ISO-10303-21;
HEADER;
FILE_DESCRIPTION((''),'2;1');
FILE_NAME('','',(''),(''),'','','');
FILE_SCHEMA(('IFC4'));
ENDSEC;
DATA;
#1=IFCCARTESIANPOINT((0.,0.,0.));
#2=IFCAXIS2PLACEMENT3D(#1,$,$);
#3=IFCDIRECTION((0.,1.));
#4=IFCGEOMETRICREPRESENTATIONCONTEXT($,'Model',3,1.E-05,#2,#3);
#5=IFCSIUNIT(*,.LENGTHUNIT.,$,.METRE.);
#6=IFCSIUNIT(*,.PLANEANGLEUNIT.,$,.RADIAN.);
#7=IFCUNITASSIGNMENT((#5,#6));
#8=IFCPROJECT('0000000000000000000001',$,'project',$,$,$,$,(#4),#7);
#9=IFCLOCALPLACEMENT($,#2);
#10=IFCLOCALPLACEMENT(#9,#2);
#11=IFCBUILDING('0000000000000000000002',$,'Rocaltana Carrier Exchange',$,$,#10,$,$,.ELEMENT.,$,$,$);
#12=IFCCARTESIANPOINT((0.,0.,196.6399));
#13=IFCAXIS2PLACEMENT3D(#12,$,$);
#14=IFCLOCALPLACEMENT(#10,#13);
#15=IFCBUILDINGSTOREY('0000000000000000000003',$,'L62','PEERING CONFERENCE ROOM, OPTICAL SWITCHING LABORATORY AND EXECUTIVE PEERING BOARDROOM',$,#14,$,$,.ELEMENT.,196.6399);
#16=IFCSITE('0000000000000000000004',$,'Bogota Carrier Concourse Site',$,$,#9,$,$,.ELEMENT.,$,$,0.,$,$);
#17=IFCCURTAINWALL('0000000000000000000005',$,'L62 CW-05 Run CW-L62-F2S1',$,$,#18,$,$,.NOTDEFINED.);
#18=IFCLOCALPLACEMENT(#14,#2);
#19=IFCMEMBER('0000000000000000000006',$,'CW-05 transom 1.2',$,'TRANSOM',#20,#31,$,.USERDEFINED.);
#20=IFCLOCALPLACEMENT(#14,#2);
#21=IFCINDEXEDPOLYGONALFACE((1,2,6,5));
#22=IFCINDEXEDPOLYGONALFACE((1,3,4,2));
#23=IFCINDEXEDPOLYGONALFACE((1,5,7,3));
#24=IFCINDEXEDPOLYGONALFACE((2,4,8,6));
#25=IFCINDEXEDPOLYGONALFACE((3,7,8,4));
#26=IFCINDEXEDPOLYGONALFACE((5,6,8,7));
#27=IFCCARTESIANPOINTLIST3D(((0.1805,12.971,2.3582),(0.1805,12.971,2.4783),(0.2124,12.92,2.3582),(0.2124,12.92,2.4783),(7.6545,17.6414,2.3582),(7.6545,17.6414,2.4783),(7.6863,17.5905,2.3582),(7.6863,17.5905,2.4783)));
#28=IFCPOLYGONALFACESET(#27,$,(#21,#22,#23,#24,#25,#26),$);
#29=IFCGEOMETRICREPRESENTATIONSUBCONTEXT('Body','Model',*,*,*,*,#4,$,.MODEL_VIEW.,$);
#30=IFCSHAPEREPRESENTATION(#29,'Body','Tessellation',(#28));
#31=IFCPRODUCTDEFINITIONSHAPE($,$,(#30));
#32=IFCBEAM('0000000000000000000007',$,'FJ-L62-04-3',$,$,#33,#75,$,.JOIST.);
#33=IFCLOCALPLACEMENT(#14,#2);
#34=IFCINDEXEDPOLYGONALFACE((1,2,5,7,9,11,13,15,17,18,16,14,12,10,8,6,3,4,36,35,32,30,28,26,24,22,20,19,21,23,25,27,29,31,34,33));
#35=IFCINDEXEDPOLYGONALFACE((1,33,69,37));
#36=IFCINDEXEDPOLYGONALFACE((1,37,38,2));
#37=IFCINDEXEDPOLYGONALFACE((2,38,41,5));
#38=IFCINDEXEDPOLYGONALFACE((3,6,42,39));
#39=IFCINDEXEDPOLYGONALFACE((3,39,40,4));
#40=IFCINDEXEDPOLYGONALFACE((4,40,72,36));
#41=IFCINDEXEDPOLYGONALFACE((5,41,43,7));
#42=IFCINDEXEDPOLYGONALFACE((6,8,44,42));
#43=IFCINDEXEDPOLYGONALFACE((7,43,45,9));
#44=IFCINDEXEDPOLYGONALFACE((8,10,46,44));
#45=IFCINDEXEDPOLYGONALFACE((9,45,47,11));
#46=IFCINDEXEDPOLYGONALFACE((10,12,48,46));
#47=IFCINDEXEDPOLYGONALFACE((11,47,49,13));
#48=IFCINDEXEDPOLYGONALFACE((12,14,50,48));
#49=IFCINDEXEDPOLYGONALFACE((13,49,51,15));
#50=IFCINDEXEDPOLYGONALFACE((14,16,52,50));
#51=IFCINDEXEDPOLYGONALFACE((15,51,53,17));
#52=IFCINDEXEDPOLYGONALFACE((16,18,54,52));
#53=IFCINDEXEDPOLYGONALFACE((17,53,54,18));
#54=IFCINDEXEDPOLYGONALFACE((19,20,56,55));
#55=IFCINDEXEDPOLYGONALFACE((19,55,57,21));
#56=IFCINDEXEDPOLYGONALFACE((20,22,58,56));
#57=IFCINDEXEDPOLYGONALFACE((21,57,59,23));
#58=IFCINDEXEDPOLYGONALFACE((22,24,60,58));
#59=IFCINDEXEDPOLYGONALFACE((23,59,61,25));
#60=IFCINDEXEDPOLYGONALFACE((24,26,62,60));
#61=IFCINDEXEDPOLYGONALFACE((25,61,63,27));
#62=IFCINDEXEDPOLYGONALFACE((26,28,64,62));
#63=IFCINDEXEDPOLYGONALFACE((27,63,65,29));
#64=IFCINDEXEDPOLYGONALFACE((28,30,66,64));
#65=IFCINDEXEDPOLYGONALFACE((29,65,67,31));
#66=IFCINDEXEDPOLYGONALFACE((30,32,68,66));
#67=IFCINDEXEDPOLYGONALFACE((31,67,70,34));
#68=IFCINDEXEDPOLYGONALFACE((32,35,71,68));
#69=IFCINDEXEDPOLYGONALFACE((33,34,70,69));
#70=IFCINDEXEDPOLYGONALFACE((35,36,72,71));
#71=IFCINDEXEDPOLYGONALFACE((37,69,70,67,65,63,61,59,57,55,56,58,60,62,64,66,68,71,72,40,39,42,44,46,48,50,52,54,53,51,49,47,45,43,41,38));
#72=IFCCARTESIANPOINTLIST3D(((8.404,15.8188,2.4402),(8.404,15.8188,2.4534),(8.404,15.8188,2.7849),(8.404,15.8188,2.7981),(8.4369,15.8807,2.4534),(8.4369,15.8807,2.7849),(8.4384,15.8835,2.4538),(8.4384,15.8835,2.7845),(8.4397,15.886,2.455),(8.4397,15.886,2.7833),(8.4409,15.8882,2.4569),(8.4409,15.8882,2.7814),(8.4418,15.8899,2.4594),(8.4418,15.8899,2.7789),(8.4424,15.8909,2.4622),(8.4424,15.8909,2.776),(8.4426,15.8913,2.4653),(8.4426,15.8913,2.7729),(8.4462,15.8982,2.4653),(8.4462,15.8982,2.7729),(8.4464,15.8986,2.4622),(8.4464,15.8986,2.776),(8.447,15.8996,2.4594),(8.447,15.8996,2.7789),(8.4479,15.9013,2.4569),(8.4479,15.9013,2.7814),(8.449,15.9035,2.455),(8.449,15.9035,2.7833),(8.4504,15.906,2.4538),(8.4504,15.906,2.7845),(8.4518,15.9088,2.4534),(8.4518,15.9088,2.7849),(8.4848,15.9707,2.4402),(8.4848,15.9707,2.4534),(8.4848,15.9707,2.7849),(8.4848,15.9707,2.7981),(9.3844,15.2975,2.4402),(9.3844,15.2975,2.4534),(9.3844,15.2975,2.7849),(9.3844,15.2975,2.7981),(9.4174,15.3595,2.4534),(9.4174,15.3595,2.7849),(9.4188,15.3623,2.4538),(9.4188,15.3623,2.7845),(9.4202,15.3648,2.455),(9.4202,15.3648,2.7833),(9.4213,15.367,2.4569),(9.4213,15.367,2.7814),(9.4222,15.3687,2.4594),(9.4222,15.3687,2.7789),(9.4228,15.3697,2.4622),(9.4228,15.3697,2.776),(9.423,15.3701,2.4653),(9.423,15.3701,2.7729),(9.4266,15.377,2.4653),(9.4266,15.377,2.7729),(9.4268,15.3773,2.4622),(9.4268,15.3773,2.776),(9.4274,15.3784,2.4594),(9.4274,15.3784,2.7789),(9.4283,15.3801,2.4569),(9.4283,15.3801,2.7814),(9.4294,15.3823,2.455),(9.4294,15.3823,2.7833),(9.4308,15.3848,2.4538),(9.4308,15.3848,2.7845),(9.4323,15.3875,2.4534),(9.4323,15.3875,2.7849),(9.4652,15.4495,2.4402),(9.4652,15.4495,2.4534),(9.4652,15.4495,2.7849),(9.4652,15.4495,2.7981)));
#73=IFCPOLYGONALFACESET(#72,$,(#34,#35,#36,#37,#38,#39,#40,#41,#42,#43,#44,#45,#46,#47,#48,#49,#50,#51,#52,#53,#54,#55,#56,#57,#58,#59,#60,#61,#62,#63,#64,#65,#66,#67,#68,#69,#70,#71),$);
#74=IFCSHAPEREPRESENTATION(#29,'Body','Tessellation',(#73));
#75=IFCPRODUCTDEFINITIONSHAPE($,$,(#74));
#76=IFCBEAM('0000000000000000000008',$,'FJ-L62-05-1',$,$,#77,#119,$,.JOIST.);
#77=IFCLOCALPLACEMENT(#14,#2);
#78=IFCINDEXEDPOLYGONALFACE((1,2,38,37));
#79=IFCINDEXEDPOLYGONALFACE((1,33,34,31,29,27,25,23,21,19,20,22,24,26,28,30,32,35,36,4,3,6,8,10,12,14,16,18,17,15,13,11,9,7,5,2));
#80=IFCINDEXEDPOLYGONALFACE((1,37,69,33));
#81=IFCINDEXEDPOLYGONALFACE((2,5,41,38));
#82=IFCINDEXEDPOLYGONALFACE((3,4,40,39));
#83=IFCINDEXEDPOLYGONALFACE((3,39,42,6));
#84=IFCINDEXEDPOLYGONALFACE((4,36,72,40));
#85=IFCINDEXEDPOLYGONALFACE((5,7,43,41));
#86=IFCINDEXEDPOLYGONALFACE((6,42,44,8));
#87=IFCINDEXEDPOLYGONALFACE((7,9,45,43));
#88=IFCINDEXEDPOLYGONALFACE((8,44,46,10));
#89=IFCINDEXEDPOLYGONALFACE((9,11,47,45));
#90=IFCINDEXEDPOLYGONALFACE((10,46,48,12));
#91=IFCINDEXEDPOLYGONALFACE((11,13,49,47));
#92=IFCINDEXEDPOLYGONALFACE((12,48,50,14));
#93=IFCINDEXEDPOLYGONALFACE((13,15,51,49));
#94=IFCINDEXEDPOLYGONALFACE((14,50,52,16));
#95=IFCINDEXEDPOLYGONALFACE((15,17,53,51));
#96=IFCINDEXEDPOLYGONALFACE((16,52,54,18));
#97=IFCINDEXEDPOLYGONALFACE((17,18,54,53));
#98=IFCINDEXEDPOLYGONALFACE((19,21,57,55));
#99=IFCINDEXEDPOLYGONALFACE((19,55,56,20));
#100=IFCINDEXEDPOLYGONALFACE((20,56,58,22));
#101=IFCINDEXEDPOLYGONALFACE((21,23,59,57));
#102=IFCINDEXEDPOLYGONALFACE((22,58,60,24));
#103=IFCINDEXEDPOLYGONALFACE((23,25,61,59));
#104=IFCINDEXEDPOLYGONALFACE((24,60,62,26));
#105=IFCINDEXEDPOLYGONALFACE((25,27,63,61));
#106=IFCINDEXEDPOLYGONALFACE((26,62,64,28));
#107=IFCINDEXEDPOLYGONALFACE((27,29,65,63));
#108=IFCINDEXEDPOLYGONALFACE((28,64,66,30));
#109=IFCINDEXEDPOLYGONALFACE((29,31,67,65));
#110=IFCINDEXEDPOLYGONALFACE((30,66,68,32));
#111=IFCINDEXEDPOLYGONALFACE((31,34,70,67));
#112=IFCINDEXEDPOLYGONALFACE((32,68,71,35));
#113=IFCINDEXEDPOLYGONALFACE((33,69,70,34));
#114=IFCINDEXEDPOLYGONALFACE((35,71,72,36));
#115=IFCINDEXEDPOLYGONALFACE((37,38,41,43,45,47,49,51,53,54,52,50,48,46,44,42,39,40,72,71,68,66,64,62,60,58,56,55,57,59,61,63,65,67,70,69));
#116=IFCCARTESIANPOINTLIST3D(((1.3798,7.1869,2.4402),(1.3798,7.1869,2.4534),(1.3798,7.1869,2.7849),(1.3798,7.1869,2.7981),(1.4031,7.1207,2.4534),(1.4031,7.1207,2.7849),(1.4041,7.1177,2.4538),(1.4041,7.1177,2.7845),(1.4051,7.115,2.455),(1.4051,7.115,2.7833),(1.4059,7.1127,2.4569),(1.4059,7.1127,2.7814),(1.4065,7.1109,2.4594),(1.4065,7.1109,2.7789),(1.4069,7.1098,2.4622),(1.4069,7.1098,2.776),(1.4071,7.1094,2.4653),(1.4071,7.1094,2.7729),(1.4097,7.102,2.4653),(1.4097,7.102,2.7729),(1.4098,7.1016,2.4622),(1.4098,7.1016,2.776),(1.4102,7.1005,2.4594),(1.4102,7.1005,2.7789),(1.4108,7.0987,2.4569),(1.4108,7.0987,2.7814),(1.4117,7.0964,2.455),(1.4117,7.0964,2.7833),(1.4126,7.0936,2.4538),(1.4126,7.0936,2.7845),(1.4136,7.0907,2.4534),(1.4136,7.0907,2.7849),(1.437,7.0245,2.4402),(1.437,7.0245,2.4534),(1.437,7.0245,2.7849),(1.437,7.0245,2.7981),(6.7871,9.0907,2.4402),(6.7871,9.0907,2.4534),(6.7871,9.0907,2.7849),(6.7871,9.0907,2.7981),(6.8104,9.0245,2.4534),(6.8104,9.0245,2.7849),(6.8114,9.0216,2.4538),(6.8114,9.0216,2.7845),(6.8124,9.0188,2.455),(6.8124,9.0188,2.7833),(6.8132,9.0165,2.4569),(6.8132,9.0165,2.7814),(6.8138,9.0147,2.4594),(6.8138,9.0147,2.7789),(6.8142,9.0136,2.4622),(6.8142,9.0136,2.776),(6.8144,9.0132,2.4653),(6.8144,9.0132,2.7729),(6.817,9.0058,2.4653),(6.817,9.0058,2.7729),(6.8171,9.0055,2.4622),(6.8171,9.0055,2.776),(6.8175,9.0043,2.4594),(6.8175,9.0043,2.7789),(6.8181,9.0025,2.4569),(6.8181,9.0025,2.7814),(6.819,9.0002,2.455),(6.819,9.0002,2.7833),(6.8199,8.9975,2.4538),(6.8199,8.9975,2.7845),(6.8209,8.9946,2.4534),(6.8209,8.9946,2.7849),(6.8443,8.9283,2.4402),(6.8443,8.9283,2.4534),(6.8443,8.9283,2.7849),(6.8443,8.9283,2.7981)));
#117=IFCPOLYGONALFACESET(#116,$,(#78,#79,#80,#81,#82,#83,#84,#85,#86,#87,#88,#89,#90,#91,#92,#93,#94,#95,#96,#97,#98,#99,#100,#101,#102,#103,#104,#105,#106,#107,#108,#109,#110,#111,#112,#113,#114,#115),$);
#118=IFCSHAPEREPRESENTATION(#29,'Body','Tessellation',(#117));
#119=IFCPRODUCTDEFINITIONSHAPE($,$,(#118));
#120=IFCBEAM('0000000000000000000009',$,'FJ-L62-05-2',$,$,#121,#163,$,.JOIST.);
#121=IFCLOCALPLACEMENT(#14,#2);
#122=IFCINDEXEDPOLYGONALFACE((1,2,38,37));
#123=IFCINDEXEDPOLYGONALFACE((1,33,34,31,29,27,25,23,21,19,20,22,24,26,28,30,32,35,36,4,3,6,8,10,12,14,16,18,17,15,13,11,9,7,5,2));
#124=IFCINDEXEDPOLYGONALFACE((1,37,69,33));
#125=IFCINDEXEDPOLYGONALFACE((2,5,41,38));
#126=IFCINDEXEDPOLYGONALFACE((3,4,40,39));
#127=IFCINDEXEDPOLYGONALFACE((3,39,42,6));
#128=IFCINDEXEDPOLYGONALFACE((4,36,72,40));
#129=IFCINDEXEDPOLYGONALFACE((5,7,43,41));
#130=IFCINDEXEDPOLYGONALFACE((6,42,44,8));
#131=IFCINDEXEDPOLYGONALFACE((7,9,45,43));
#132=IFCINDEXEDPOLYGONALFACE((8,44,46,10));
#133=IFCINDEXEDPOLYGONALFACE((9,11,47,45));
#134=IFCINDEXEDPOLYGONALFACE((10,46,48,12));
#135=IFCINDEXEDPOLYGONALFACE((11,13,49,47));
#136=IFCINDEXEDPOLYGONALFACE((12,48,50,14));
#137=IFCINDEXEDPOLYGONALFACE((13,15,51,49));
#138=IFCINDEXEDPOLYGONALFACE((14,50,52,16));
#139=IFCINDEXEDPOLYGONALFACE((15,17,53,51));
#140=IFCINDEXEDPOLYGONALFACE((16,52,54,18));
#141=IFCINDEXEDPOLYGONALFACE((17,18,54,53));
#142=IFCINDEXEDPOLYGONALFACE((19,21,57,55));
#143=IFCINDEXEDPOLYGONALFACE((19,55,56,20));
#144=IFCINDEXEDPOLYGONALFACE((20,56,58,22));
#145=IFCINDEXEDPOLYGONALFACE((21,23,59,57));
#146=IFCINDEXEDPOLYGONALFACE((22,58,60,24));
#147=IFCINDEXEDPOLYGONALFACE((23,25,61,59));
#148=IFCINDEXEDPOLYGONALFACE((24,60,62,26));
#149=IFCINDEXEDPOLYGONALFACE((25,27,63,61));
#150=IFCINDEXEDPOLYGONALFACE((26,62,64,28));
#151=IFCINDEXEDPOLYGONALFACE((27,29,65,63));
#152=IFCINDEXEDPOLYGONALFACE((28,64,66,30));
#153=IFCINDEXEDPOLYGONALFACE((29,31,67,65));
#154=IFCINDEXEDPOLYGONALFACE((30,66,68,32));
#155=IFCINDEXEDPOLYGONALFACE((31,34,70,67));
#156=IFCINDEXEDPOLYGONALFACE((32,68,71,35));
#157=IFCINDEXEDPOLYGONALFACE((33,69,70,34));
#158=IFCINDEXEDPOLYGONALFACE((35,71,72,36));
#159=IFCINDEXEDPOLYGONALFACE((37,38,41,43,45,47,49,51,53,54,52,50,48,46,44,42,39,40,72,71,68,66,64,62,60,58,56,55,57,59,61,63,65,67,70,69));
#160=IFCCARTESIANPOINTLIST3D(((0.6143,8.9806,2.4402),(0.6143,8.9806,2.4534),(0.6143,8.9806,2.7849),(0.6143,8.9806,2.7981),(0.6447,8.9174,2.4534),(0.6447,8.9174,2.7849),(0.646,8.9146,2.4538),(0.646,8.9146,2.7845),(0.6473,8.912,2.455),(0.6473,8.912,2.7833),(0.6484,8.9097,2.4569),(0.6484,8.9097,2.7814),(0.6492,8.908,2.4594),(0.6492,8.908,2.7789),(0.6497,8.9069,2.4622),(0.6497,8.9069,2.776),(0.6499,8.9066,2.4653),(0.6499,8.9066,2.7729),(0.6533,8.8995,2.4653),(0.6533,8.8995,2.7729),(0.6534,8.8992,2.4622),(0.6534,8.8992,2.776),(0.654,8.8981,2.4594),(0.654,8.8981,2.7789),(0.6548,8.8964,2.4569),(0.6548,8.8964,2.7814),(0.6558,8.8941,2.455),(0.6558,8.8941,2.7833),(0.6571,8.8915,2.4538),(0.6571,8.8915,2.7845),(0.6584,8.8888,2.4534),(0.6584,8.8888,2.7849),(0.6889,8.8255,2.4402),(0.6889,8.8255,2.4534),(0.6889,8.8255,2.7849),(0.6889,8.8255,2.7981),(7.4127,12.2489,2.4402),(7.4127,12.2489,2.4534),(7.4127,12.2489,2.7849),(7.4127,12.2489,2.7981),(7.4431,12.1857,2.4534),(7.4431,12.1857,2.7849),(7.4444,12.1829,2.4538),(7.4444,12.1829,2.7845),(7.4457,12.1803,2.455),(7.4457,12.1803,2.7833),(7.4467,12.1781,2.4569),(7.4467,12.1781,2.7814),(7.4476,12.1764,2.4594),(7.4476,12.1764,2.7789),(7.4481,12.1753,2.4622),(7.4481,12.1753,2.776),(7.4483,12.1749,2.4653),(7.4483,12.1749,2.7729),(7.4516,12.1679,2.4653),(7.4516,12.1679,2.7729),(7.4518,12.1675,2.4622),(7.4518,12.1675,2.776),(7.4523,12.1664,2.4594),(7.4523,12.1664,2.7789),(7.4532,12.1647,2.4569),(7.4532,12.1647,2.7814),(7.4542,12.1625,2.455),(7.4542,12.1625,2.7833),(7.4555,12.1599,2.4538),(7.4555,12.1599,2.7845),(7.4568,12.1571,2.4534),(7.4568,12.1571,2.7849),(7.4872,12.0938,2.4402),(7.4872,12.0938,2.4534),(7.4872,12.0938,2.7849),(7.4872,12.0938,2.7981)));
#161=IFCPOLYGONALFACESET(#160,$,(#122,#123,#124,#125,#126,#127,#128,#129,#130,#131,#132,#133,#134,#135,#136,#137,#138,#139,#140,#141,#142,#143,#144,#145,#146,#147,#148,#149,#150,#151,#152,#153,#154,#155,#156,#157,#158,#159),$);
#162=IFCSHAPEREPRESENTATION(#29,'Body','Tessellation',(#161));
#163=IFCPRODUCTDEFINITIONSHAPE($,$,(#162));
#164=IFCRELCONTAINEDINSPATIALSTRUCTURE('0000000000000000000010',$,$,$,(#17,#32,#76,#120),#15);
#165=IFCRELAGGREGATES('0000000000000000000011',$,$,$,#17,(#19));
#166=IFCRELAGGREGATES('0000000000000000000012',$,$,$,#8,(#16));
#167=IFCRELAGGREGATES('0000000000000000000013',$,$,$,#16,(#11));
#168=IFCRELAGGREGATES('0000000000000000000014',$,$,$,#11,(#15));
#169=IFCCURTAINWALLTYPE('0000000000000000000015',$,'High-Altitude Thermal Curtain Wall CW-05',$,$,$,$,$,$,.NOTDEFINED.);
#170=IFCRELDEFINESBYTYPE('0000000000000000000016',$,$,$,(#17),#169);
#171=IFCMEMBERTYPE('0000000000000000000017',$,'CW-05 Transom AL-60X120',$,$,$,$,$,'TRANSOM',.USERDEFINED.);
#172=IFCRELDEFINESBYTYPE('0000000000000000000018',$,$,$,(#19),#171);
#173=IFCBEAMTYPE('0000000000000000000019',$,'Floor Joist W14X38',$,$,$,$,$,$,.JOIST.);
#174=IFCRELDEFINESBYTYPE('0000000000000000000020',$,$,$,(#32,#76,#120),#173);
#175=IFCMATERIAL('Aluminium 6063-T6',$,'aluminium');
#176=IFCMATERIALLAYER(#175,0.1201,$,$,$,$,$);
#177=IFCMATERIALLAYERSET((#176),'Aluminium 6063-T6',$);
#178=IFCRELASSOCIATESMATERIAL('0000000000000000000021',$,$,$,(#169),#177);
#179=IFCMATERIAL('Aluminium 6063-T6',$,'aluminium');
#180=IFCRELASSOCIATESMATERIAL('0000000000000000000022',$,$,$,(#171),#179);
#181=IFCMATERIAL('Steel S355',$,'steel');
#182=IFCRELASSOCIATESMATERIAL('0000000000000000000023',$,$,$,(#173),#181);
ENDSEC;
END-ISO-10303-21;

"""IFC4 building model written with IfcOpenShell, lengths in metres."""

from ifc_helpers import new_model, si_unit, direction, frame, origin, origin_2d, place, context, subcontext, project, spatial, rectangle, i_section, extrude, material, layer, layer_set, material_profile, profile_set, type_object, element, aggregate, save


model = new_model("IFC4")

# Units and contexts
model_context = context("Model", 3, precision=1e-05, world=origin(), true_north=direction((0.0, 1.0)))
body_context = subcontext(model_context, "Body", "Model", "MODEL_VIEW")
ifc_project = project(units=[si_unit("LENGTHUNIT", "METRE"), si_unit("PLANEANGLEUNIT", "RADIAN")], contexts=[model_context])

# Site, building, storey
site_placement = place(None, origin())
site = spatial("IfcSite", under=ifc_project, at=site_placement, Name="Bogota Carrier Concourse Site", CompositionType="ELEMENT", RefElevation=0.0)
building_placement = place(site_placement, origin())
building = spatial("IfcBuilding", under=site, at=building_placement, Name="Rocaltana Carrier Exchange", CompositionType="ELEMENT")
storey_placement = place(building_placement, frame((0.0, 0.0, 196.6399)))
storey = spatial("IfcBuildingStorey", under=building, at=storey_placement, Name="L62", Description="PEERING CONFERENCE ROOM, OPTICAL SWITCHING LABORATORY AND EXECUTIVE PEERING BOARDROOM", CompositionType="ELEMENT", Elevation=196.6399)

# Curtain wall
ifc_material_1 = material(Name="Aluminium 6063-T6", Category="aluminium")
ifc_layer_1 = layer(ifc_material_1, 0.1201)
ifc_layer_set_1 = layer_set([ifc_layer_1], Name="Aluminium 6063-T6")
curtain_wall_type = type_object("IfcCurtainWallType", Name="High-Altitude Thermal Curtain Wall CW-05", PredefinedType="NOTDEFINED", material=ifc_layer_set_1)
curtain_wall_1_placement = place(storey_placement, origin())
curtain_wall_1 = element("IfcCurtainWall", 1, at=curtain_wall_1_placement, inside=storey, type_object=curtain_wall_type, Name="L62 CW-05 Run CW-L62-F2S1", PredefinedType="NOTDEFINED")

# Member
ifc_material_2 = material(Name="Aluminium 6063-T6", Category="aluminium")
ifc_material_profile_1 = material_profile(ifc_material_2, rectangle(XDim=0.0601, YDim=0.1201, at=origin_2d()), Name="AL-60X120")
ifc_profile_set_1 = profile_set([ifc_material_profile_1], Name="Aluminium 6063-T6")
member_type_1 = type_object("IfcMemberType", Name="CW-05 Transom AL-60X120", ElementType="TRANSOM", PredefinedType="USERDEFINED", material=ifc_profile_set_1)
member_1_placement = place(storey_placement, frame((7.6704, 17.616, 2.4182), z_axis=(-0.848037, -0.529937, 0.0), x_axis=(0.529937, -0.848037, 0.0)))
member_1 = element("IfcMember", 2, at=member_1_placement, type_object=member_type_1, Name="CW-05 transom 1.2", ObjectType="TRANSOM", PredefinedType="USERDEFINED", context=body_context, shape_type="SweptSolid", body=[
    extrude(rectangle(XDim=0.0601, YDim=0.1201, at=origin_2d()), origin(), (0.0, 0.0, 1.0), 8.8132),
])

# Beams
ifc_material_3 = material(Name="Steel S355", Category="steel")
ifc_material_profile_2 = material_profile(ifc_material_3, i_section(OverallWidth=0.1721, OverallDepth=0.3579, WebThickness=0.0078, FlangeThickness=0.0132, FilletRadius=0.012, at=origin_2d()), Name="W14X38")
ifc_profile_set_2 = profile_set([ifc_material_profile_2], Name="Steel S355")
beam_type_1 = type_object("IfcBeamType", Name="Floor Joist W14X38", PredefinedType="JOIST", material=ifc_profile_set_2)
beam_1_placement = place(storey_placement, frame((9.4248, 15.3735, 2.6191), z_axis=(-0.882979, 0.469412, 0.0), x_axis=(-0.469412, -0.882979, 0.0)))
element("IfcBeam", 3, at=beam_1_placement, inside=storey, type_object=beam_type_1, Name="FJ-L62-04-3", PredefinedType="JOIST", context=body_context, shape_type="SweptSolid", body=[
    extrude(i_section(OverallWidth=0.1721, OverallDepth=0.3579, WebThickness=0.0078, FlangeThickness=0.0132, FilletRadius=0.012, at=origin_2d()), origin(), (0.0, 0.0, 1.0), 1.1104),
])
beam_2_placement = place(storey_placement, frame((6.8157, 9.0095, 2.6191), z_axis=(-0.943243, -0.332103, 0.0), x_axis=(0.332103, -0.943243, 0.0)))
element("IfcBeam", 4, at=beam_2_placement, inside=storey, type_object=beam_type_1, Name="FJ-L62-05-1", PredefinedType="JOIST", context=body_context, shape_type="SweptSolid", body=[
    extrude(i_section(OverallWidth=0.1721, OverallDepth=0.3579, WebThickness=0.0078, FlangeThickness=0.0132, FilletRadius=0.012, at=origin_2d()), origin(), (0.0, 0.0, 1.0), 5.7327),
])
beam_3_placement = place(storey_placement, frame((7.45, 12.1714, 2.6191), z_axis=(-0.901259, -0.433281, 0.0), x_axis=(0.433281, -0.901259, 0.0)))
element("IfcBeam", 5, at=beam_3_placement, inside=storey, type_object=beam_type_1, Name="FJ-L62-05-2", PredefinedType="JOIST", context=body_context, shape_type="SweptSolid", body=[
    extrude(i_section(OverallWidth=0.1721, OverallDepth=0.3579, WebThickness=0.0078, FlangeThickness=0.0132, FilletRadius=0.012, at=origin_2d()), origin(), (0.0, 0.0, 1.0), 7.5432),
])

aggregate(curtain_wall_1, [member_1])

save(model, "model.ifc")
